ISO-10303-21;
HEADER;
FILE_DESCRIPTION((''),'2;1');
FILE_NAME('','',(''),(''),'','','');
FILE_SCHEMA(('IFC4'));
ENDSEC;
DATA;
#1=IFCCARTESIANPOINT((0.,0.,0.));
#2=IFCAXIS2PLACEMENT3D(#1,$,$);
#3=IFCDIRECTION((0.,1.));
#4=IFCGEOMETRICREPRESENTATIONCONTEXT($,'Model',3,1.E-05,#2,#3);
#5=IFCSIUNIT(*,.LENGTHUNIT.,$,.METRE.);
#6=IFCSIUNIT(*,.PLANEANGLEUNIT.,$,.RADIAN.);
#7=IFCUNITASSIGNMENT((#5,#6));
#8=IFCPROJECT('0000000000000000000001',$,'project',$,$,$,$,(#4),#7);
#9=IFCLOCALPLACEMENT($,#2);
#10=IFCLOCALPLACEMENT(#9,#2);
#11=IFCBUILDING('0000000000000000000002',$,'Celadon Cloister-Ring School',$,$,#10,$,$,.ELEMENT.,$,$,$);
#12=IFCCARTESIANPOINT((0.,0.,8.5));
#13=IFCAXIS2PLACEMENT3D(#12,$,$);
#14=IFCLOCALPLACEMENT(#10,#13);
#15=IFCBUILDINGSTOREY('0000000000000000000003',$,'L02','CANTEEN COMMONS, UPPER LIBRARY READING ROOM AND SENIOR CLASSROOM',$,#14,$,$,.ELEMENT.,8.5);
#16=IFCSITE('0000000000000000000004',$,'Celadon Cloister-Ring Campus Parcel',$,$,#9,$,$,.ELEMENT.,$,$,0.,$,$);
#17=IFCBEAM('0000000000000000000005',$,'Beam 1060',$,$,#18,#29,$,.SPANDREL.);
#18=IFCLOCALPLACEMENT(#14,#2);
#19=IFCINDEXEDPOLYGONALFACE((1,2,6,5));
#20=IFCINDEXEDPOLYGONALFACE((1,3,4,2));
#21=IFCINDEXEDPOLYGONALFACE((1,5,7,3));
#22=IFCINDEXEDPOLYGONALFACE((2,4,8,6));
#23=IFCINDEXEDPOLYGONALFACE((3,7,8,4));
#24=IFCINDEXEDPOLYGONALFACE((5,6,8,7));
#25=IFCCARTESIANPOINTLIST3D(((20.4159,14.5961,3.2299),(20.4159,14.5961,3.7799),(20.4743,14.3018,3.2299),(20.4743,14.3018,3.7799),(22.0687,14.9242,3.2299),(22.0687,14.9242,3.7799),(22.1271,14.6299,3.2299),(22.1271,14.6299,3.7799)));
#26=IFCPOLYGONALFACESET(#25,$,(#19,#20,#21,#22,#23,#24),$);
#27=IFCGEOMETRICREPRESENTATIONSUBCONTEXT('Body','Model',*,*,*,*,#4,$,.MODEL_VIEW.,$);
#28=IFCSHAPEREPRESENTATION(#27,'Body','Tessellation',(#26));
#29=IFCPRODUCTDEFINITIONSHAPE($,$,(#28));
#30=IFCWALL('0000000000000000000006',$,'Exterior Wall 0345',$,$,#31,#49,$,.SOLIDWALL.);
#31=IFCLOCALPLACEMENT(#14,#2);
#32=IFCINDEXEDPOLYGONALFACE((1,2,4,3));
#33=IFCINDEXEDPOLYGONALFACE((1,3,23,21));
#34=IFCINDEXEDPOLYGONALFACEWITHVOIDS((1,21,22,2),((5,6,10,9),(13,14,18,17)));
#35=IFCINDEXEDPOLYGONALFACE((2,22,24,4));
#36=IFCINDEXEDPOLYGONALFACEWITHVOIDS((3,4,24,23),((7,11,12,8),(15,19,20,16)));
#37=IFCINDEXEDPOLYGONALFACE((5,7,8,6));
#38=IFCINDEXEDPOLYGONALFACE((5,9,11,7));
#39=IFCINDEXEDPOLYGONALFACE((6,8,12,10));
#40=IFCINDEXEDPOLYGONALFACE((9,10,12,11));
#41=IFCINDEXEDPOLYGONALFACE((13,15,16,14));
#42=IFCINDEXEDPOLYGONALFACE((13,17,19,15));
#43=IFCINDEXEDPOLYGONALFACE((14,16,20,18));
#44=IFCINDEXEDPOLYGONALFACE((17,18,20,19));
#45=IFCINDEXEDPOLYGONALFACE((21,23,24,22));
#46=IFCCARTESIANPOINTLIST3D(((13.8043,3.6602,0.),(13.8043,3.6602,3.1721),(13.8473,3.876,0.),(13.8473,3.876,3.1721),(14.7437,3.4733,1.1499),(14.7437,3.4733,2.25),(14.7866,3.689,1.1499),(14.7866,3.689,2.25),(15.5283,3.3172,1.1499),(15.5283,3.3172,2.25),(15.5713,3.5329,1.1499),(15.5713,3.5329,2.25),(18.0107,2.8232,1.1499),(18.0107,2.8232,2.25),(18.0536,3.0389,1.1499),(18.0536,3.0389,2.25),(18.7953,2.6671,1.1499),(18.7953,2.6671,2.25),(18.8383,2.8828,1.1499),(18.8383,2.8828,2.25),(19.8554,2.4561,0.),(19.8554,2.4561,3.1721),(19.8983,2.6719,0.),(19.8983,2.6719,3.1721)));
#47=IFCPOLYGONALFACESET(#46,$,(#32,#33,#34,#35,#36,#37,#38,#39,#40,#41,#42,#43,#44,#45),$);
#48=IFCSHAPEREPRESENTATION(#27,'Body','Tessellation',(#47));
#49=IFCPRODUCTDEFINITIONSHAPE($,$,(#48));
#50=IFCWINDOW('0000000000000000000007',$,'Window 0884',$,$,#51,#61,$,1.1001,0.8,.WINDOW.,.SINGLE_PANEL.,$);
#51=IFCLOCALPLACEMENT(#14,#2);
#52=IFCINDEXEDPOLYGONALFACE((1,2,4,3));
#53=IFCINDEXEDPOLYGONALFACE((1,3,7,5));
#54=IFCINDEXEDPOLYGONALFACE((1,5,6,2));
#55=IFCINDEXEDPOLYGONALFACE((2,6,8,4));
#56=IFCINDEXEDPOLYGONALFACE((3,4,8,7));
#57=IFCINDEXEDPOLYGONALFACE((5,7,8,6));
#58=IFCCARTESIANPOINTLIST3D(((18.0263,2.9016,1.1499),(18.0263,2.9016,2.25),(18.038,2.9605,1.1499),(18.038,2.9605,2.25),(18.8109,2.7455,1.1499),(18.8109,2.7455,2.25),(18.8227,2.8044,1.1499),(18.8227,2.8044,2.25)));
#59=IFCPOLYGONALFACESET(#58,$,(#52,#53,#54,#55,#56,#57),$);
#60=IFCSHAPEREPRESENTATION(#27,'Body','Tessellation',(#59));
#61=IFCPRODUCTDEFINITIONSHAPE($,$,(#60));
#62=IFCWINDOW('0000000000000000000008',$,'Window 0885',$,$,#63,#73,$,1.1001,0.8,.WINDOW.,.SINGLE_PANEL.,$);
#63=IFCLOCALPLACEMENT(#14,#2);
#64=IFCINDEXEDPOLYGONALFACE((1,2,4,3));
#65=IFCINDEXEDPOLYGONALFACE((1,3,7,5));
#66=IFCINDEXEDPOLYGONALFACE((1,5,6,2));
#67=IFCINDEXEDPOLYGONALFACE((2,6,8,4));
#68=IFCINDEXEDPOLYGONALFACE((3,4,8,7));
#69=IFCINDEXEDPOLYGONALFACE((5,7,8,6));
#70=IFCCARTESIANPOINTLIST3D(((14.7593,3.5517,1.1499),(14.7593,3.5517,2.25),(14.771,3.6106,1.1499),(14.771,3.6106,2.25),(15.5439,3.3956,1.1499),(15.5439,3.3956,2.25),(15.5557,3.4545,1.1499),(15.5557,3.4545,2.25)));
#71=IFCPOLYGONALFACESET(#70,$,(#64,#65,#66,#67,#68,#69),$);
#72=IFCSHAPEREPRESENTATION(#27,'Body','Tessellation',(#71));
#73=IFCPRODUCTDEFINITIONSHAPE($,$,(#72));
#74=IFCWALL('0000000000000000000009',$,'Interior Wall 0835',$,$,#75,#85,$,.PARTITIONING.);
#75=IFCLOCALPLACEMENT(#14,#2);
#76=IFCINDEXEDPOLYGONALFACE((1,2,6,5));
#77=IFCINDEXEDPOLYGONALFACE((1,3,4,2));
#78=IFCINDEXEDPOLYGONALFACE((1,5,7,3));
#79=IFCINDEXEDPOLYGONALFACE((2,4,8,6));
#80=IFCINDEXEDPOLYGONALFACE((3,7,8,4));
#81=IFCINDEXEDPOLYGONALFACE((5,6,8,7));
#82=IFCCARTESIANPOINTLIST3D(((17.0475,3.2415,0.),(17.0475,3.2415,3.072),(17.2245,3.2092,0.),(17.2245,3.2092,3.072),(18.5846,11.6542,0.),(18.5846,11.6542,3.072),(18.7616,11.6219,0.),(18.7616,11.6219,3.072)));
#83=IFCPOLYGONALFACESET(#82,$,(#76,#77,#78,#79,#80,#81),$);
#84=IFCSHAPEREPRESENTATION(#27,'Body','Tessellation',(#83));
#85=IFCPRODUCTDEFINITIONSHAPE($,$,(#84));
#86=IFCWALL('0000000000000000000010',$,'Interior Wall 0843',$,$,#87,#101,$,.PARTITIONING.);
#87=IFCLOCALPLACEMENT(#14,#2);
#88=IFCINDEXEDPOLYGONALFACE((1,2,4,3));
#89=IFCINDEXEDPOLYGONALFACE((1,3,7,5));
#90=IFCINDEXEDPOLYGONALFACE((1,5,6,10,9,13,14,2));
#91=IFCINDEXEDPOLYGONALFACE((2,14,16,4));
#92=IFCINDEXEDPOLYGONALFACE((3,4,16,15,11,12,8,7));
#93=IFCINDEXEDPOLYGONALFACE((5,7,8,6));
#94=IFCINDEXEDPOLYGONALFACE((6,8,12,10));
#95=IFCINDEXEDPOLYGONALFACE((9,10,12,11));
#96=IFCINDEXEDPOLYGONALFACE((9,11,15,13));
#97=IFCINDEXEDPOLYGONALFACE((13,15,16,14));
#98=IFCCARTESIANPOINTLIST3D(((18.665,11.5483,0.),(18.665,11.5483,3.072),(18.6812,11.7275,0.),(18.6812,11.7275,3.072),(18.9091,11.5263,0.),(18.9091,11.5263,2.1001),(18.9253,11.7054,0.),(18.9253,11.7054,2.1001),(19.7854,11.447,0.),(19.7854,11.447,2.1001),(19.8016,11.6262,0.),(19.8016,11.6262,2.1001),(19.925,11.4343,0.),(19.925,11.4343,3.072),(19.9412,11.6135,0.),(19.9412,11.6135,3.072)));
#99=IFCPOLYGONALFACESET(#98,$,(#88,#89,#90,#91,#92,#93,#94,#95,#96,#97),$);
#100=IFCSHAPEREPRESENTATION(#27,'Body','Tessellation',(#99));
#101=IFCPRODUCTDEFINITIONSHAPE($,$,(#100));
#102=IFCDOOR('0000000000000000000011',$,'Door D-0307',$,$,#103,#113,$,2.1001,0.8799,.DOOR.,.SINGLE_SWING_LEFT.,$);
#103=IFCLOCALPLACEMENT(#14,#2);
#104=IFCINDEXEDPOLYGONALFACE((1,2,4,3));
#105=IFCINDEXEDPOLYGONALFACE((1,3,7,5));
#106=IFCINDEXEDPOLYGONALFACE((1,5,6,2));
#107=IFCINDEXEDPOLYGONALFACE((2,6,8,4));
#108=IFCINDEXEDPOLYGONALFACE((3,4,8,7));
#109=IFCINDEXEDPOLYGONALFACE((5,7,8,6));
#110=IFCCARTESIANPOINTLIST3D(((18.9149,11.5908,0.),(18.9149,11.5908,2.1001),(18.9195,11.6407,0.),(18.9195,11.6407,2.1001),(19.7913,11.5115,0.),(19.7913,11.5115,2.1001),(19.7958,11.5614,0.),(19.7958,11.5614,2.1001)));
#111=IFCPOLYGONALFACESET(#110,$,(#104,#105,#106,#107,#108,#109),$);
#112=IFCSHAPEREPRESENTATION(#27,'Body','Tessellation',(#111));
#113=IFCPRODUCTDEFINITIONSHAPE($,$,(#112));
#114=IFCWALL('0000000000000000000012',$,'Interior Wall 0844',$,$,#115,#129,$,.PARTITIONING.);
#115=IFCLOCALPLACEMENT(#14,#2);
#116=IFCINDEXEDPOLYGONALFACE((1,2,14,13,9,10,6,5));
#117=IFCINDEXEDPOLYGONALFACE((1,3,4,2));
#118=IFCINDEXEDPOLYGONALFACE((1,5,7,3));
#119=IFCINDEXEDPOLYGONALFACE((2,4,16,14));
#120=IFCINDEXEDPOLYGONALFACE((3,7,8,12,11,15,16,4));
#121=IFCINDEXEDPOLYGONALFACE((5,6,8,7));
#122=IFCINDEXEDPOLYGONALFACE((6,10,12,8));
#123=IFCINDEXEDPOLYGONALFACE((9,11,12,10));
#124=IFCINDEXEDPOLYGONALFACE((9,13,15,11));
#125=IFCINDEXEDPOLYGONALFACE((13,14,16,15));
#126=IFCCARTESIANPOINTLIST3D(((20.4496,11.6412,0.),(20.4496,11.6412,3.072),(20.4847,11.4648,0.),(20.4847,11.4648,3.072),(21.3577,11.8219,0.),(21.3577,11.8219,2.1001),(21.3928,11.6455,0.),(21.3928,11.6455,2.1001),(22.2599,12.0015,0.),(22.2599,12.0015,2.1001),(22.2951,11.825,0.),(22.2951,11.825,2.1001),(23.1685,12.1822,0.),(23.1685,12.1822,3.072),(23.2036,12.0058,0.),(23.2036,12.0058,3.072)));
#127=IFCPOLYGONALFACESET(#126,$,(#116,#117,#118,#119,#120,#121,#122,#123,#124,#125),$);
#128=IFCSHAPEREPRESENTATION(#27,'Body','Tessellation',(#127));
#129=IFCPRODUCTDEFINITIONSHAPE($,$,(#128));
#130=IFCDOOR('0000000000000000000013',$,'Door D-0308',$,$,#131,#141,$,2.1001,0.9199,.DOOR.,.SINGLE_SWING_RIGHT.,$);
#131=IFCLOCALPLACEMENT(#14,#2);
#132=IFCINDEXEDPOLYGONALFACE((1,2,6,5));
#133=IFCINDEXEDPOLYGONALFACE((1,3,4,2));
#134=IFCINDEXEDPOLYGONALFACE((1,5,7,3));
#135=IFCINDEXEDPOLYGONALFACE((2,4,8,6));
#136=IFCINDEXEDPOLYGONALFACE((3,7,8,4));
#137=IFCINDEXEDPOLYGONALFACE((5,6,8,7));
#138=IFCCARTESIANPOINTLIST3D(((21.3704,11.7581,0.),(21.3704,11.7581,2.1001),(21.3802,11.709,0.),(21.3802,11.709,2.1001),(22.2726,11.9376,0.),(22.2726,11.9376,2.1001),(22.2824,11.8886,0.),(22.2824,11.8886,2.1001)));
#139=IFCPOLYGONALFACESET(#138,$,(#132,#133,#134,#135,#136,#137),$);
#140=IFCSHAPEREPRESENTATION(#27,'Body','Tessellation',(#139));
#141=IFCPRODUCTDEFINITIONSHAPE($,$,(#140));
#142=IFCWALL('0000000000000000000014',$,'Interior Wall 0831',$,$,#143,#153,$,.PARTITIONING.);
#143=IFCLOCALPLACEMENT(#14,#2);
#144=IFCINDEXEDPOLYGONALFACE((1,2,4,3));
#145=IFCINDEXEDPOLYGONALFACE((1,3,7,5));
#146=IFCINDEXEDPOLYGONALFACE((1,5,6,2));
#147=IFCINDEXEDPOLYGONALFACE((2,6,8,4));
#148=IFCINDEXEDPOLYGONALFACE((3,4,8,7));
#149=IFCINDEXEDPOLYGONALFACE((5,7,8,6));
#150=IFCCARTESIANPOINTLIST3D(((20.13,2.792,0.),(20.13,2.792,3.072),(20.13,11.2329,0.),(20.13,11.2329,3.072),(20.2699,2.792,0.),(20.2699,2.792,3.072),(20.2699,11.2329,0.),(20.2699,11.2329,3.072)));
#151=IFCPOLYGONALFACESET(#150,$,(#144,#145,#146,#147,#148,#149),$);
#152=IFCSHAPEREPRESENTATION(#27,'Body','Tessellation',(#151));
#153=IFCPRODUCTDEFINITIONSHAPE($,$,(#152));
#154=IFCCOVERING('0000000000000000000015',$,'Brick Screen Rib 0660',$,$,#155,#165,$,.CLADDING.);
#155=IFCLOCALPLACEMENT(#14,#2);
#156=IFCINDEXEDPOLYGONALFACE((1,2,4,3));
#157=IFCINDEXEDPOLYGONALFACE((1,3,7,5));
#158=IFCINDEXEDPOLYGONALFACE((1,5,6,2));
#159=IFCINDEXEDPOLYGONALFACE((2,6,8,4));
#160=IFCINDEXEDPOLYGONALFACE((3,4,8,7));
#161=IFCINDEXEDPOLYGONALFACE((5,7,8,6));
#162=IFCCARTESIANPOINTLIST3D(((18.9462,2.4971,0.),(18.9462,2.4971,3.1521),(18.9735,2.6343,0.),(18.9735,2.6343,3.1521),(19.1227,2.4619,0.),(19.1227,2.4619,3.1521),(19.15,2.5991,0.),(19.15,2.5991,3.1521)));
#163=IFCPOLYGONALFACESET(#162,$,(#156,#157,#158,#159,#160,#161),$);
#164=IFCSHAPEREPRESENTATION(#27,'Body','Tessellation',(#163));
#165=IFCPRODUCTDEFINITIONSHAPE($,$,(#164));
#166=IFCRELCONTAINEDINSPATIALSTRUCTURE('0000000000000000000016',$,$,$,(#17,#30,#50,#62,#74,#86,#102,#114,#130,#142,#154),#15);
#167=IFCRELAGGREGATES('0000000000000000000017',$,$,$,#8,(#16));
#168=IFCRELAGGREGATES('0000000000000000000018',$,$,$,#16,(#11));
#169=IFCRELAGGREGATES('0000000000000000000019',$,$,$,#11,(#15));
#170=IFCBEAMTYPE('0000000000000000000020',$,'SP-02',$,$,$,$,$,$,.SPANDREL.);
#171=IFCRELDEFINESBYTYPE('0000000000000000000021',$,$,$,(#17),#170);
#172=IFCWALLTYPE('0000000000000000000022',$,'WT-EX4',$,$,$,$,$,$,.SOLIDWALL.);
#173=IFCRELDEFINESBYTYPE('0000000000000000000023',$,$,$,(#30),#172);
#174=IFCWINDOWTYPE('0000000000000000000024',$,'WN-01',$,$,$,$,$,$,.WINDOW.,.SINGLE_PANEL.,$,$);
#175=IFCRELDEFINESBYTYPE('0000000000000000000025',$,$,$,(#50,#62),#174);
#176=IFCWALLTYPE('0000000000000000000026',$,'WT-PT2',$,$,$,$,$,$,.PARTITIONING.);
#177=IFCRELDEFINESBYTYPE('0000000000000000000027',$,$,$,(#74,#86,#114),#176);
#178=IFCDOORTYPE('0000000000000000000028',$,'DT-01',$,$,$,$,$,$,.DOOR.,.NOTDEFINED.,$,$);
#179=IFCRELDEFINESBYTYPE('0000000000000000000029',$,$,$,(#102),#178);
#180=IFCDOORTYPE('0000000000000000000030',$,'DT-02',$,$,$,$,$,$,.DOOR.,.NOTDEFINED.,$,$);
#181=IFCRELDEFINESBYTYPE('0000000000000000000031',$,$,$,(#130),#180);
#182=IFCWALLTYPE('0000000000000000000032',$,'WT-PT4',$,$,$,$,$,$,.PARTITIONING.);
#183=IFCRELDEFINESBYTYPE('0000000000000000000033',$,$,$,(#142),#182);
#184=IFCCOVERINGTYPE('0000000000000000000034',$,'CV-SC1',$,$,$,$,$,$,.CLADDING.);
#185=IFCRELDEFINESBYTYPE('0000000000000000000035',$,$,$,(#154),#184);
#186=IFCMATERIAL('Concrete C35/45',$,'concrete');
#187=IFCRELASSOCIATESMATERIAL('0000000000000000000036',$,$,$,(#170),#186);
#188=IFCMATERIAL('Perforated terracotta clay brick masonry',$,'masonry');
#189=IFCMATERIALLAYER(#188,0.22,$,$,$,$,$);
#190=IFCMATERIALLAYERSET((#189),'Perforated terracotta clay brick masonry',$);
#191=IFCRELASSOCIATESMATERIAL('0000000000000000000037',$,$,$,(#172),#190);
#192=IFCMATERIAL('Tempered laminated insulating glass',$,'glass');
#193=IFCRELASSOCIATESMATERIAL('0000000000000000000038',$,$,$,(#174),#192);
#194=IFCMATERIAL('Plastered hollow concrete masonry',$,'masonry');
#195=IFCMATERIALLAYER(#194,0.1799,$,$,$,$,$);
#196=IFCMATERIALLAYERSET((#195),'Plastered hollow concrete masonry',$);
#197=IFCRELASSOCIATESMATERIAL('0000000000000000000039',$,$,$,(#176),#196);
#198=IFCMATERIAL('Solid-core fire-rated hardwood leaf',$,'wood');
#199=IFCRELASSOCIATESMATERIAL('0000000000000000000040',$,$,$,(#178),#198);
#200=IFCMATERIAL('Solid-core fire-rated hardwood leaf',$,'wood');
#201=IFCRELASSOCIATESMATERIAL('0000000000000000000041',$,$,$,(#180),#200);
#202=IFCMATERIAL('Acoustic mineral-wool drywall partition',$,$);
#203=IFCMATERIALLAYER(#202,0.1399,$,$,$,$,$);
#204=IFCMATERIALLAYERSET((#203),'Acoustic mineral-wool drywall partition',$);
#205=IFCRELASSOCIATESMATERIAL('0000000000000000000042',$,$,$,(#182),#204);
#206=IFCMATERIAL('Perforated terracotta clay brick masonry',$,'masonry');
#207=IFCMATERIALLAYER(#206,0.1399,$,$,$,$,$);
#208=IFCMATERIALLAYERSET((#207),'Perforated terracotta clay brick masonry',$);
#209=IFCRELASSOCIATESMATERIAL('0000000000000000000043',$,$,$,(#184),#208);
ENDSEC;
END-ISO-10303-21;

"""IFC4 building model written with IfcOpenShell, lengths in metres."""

from ifc_helpers import new_model, si_unit, direction, frame, frame_2d, origin, origin_2d, place, context, subcontext, project, spatial, rectangle, extrude, material, layer, layer_set, material_profile, profile_set, type_object, element, fill, save


model = new_model("IFC4")

# Units and contexts
model_context = context("Model", 3, precision=1e-05, world=origin(), true_north=direction((0.0, 1.0)))
body_context = subcontext(model_context, "Body", "Model", "MODEL_VIEW")
ifc_project = project(units=[si_unit("LENGTHUNIT", "METRE"), si_unit("PLANEANGLEUNIT", "RADIAN")], contexts=[model_context])

# Site, building, storey
site_placement = place(None, origin())
site = spatial("IfcSite", under=ifc_project, at=site_placement, Name="Celadon Cloister-Ring Campus Parcel", CompositionType="ELEMENT", RefElevation=0.0)
building_placement = place(site_placement, origin())
building = spatial("IfcBuilding", under=site, at=building_placement, Name="Celadon Cloister-Ring School", CompositionType="ELEMENT")
storey_placement = place(building_placement, frame((0.0, 0.0, 8.5)))
storey = spatial("IfcBuildingStorey", under=building, at=storey_placement, Name="L02", Description="CANTEEN COMMONS, UPPER LIBRARY READING ROOM AND SENIOR CLASSROOM", CompositionType="ELEMENT", Elevation=8.5)

# Beam
ifc_material_1 = material(Name="Concrete C35/45", Category="concrete")
ifc_material_profile_1 = material_profile(ifc_material_1, rectangle(XDim=0.3, YDim=0.55, at=origin_2d()), Name="RC300X550")
ifc_profile_set_1 = profile_set([ifc_material_profile_1], Name="Concrete C35/45")
beam_type_1 = type_object("IfcBeamType", Name="SP-02", PredefinedType="SPANDREL", material=ifc_profile_set_1)
beam_1_placement = place(storey_placement, frame((20.4451, 14.449, 3.5049), z_axis=(0.980858, 0.194723, 0.0), x_axis=(-0.194723, 0.980858, 0.0)))
element("IfcBeam", 1, at=beam_1_placement, inside=storey, type_object=beam_type_1, Name="Beam 1060", PredefinedType="SPANDREL", context=body_context, shape_type="SweptSolid", body=[
    extrude(rectangle(XDim=0.3, YDim=0.55, at=origin_2d()), origin(), (0.0, 0.0, 1.0), 1.6851),
])

# Wall, openings, windows
ifc_material_2 = material(Name="Perforated terracotta clay brick masonry", Category="masonry")
ifc_layer_1 = layer(ifc_material_2, 0.22)
ifc_layer_set_1 = layer_set([ifc_layer_1], Name="Perforated terracotta clay brick masonry")
wall_type_1 = type_object("IfcWallType", Name="WT-EX4", PredefinedType="SOLIDWALL", material=ifc_layer_set_1)
wall_1_placement = place(storey_placement, frame((19.877, 2.564, 0.0), z_axis=(0.0, 0.0, 1.0), x_axis=(-0.98077, 0.195165, 0.0)))
wall_1 = element("IfcWall", 2, at=wall_1_placement, inside=storey, type_object=wall_type_1, Name="Exterior Wall 0345", PredefinedType="SOLIDWALL", context=body_context, shape_type="SweptSolid", body=[
    extrude(rectangle(XDim=6.1697, YDim=0.22, at=frame_2d((3.085, 0.0))), origin(), (0.0, 0.0, 1.0), 3.1721),
])
opening_1_placement = place(wall_1_placement, frame((1.0811, 0.0, 1.1499)))
opening_1 = element("IfcOpeningElement", 3, at=opening_1_placement, cuts=wall_1, PredefinedType="OPENING", context=body_context, shape_type="SweptSolid", body=[
    extrude(rectangle(XDim=0.8, YDim=1.1001, at=frame_2d((0.3999, 0.55))), frame((0.0, 0.1201, 0.0), z_axis=(0.0, -1.0, 0.0), x_axis=(1.0, 0.0, 0.0)), (0.0, 0.0, 1.0), 0.24),
])
opening_2_placement = place(wall_1_placement, frame((4.4121, 0.0, 1.1499)))
opening_2 = element("IfcOpeningElement", 4, at=opening_2_placement, cuts=wall_1, PredefinedType="OPENING", context=body_context, shape_type="SweptSolid", body=[
    extrude(rectangle(XDim=0.8, YDim=1.1001, at=frame_2d((0.3999, 0.55))), frame((0.0, 0.1201, 0.0), z_axis=(0.0, -1.0, 0.0), x_axis=(1.0, 0.0, 0.0)), (0.0, 0.0, 1.0), 0.24),
])
ifc_material_3 = material(Name="Tempered laminated insulating glass", Category="glass")
window_type = type_object("IfcWindowType", Name="WN-01", PartitioningType="SINGLE_PANEL", PredefinedType="WINDOW", material=ifc_material_3)
window_1_placement = place(opening_1_placement, origin())
window_1 = element("IfcWindow", 5, at=window_1_placement, inside=storey, type_object=window_type, Name="Window 0884", OverallHeight=1.1001, OverallWidth=0.8, PartitioningType="SINGLE_PANEL", PredefinedType="WINDOW", context=body_context, shape_type="SweptSolid", body=[
    extrude(rectangle(XDim=0.8, YDim=1.1001, at=frame_2d((0.3999, 0.55))), frame((0.0, 0.03, 0.0), z_axis=(0.0, -1.0, 0.0), x_axis=(1.0, 0.0, 0.0)), (0.0, 0.0, 1.0), 0.0601),
])
fill(opening_1, window_1)
window_2_placement = place(opening_2_placement, origin())
window_2 = element("IfcWindow", 6, at=window_2_placement, inside=storey, type_object=window_type, Name="Window 0885", OverallHeight=1.1001, OverallWidth=0.8, PartitioningType="SINGLE_PANEL", PredefinedType="WINDOW", context=body_context, shape_type="SweptSolid", body=[
    extrude(rectangle(XDim=0.8, YDim=1.1001, at=frame_2d((0.3999, 0.55))), frame((0.0, 0.03, 0.0), z_axis=(0.0, -1.0, 0.0), x_axis=(1.0, 0.0, 0.0)), (0.0, 0.0, 1.0), 0.0601),
])
fill(opening_2, window_2)

# Wall
ifc_material_4 = material(Name="Plastered hollow concrete masonry", Category="masonry")
ifc_layer_2 = layer(ifc_material_4, 0.1799)
ifc_layer_set_2 = layer_set([ifc_layer_2], Name="Plastered hollow concrete masonry")
wall_type_2 = type_object("IfcWallType", Name="WT-PT2", PredefinedType="PARTITIONING", material=ifc_layer_set_2)
wall_2_placement = place(storey_placement, frame((18.6731, 11.6379, 0.0), z_axis=(0.0, 0.0, 1.0), x_axis=(-0.179734, -0.983715, 0.0)))
element("IfcWall", 7, at=wall_2_placement, inside=storey, type_object=wall_type_2, Name="Interior Wall 0835", PredefinedType="PARTITIONING", context=body_context, shape_type="SweptSolid", body=[
    extrude(rectangle(XDim=8.552, YDim=0.1799, at=frame_2d((4.2759, 0.0))), origin(), (0.0, 0.0, 1.0), 3.072),
])

# Walls, openings, doors
wall_3_placement = place(storey_placement, frame((18.6731, 11.6379, 0.0), z_axis=(0.0, 0.0, 1.0), x_axis=(0.995931, -0.090118, 0.0)))
wall_3 = element("IfcWall", 8, at=wall_3_placement, inside=storey, type_object=wall_type_2, Name="Interior Wall 0843", PredefinedType="PARTITIONING", context=body_context, shape_type="SweptSolid", body=[
    extrude(rectangle(XDim=1.2651, YDim=0.1799, at=frame_2d((0.6326, 0.0))), origin(), (0.0, 0.0, 1.0), 3.072),
])
opening_3_placement = place(wall_3_placement, frame((0.2451, 0.0, 0.0)))
opening_3 = element("IfcOpeningElement", 9, at=opening_3_placement, cuts=wall_3, PredefinedType="OPENING", context=body_context, shape_type="SweptSolid", body=[
    extrude(rectangle(XDim=0.8799, YDim=2.1001, at=frame_2d((0.4399, 1.05))), frame((0.0, 0.1001, 0.0), z_axis=(0.0, -1.0, 0.0), x_axis=(1.0, 0.0, 0.0)), (0.0, 0.0, 1.0), 0.2),
])
ifc_material_5 = material(Name="Solid-core fire-rated hardwood leaf", Category="wood")
door_type_1 = type_object("IfcDoorType", Name="DT-01", OperationType="NOTDEFINED", PredefinedType="DOOR", material=ifc_material_5)
door_1_placement = place(opening_3_placement, origin())
door_1 = element("IfcDoor", 10, at=door_1_placement, inside=storey, type_object=door_type_1, Name="Door D-0307", OperationType="SINGLE_SWING_LEFT", OverallHeight=2.1001, OverallWidth=0.8799, PredefinedType="DOOR", context=body_context, shape_type="SweptSolid", body=[
    extrude(rectangle(XDim=0.8799, YDim=2.1001, at=frame_2d((0.4399, 1.05))), frame((0.0, 0.0249, 0.0), z_axis=(0.0, -1.0, 0.0), x_axis=(1.0, 0.0, 0.0)), (0.0, 0.0, 1.0), 0.05),
])
fill(opening_3, door_1)
wall_4_placement = place(storey_placement, frame((20.467, 11.553, 0.0), z_axis=(0.0, 0.0, 1.0), x_axis=(0.980773, 0.195151, 0.0)))
wall_4 = element("IfcWall", 11, at=wall_4_placement, inside=storey, type_object=wall_type_2, Name="Interior Wall 0844", PredefinedType="PARTITIONING", context=body_context, shape_type="SweptSolid", body=[
    extrude(rectangle(XDim=2.7722, YDim=0.1799, at=frame_2d((1.3862, 0.0))), origin(), (0.0, 0.0, 1.0), 3.072),
])
opening_4_placement = place(wall_4_placement, frame((0.926, 0.0, 0.0)))
opening_4 = element("IfcOpeningElement", 12, at=opening_4_placement, cuts=wall_4, PredefinedType="OPENING", context=body_context, shape_type="SweptSolid", body=[
    extrude(rectangle(XDim=0.9199, YDim=2.1001, at=frame_2d((0.46, 1.05))), frame((0.0, 0.1001, 0.0), z_axis=(0.0, -1.0, 0.0), x_axis=(1.0, 0.0, 0.0)), (0.0, 0.0, 1.0), 0.2),
])
ifc_material_6 = material(Name="Solid-core fire-rated hardwood leaf", Category="wood")
door_type_2 = type_object("IfcDoorType", Name="DT-02", OperationType="NOTDEFINED", PredefinedType="DOOR", material=ifc_material_6)
door_2_placement = place(opening_4_placement, origin())
door_2 = element("IfcDoor", 13, at=door_2_placement, inside=storey, type_object=door_type_2, Name="Door D-0308", OperationType="SINGLE_SWING_RIGHT", OverallHeight=2.1001, OverallWidth=0.9199, PredefinedType="DOOR", context=body_context, shape_type="SweptSolid", body=[
    extrude(rectangle(XDim=0.9199, YDim=2.1001, at=frame_2d((0.46, 1.05))), frame((0.0, 0.0249, 0.0), z_axis=(0.0, -1.0, 0.0), x_axis=(1.0, 0.0, 0.0)), (0.0, 0.0, 1.0), 0.05),
])
fill(opening_4, door_2)

# Wall
ifc_material_7 = material(Name="Acoustic mineral-wool drywall partition")
ifc_layer_3 = layer(ifc_material_7, 0.1399)
ifc_layer_set_3 = layer_set([ifc_layer_3], Name="Acoustic mineral-wool drywall partition")
wall_type_3 = type_object("IfcWallType", Name="WT-PT4", PredefinedType="PARTITIONING", material=ifc_layer_set_3)
wall_5_placement = place(storey_placement, frame((20.2, 11.2329, 0.0), z_axis=(0.0, 0.0, 1.0), x_axis=(0.0, -1.0, 0.0)))
element("IfcWall", 14, at=wall_5_placement, inside=storey, type_object=wall_type_3, Name="Interior Wall 0831", PredefinedType="PARTITIONING", context=body_context, shape_type="SweptSolid", body=[
    extrude(rectangle(XDim=8.4409, YDim=0.1399, at=frame_2d((4.2205, 0.0))), origin(), (0.0, 0.0, 1.0), 3.072),
])

# Covering
ifc_material_8 = material(Name="Perforated terracotta clay brick masonry", Category="masonry")
ifc_layer_4 = layer(ifc_material_8, 0.1399)
ifc_layer_set_4 = layer_set([ifc_layer_4], Name="Perforated terracotta clay brick masonry")
covering_type = type_object("IfcCoveringType", Name="CV-SC1", PredefinedType="CLADDING", material=ifc_layer_set_4)
for number, where, z_axis, x_axis, name in (
    (15, (19.0481, 2.5481, 0.0), (0.0, 0.0, 1.0), (-0.980775, 0.195142, 0.0), "Brick Screen Rib 0660"),
):
    element("IfcCovering", number, at=place(storey_placement, frame(where, z_axis=z_axis, x_axis=x_axis)), inside=storey, type_object=covering_type, Name=name, PredefinedType="CLADDING", context=body_context, shape_type="SweptSolid", body=[
        extrude(rectangle(XDim=0.1799, YDim=0.1399, at=origin_2d()), origin(), (0.0, 0.0, 1.0), 3.1521),
    ])

save(model, "model.ifc")
